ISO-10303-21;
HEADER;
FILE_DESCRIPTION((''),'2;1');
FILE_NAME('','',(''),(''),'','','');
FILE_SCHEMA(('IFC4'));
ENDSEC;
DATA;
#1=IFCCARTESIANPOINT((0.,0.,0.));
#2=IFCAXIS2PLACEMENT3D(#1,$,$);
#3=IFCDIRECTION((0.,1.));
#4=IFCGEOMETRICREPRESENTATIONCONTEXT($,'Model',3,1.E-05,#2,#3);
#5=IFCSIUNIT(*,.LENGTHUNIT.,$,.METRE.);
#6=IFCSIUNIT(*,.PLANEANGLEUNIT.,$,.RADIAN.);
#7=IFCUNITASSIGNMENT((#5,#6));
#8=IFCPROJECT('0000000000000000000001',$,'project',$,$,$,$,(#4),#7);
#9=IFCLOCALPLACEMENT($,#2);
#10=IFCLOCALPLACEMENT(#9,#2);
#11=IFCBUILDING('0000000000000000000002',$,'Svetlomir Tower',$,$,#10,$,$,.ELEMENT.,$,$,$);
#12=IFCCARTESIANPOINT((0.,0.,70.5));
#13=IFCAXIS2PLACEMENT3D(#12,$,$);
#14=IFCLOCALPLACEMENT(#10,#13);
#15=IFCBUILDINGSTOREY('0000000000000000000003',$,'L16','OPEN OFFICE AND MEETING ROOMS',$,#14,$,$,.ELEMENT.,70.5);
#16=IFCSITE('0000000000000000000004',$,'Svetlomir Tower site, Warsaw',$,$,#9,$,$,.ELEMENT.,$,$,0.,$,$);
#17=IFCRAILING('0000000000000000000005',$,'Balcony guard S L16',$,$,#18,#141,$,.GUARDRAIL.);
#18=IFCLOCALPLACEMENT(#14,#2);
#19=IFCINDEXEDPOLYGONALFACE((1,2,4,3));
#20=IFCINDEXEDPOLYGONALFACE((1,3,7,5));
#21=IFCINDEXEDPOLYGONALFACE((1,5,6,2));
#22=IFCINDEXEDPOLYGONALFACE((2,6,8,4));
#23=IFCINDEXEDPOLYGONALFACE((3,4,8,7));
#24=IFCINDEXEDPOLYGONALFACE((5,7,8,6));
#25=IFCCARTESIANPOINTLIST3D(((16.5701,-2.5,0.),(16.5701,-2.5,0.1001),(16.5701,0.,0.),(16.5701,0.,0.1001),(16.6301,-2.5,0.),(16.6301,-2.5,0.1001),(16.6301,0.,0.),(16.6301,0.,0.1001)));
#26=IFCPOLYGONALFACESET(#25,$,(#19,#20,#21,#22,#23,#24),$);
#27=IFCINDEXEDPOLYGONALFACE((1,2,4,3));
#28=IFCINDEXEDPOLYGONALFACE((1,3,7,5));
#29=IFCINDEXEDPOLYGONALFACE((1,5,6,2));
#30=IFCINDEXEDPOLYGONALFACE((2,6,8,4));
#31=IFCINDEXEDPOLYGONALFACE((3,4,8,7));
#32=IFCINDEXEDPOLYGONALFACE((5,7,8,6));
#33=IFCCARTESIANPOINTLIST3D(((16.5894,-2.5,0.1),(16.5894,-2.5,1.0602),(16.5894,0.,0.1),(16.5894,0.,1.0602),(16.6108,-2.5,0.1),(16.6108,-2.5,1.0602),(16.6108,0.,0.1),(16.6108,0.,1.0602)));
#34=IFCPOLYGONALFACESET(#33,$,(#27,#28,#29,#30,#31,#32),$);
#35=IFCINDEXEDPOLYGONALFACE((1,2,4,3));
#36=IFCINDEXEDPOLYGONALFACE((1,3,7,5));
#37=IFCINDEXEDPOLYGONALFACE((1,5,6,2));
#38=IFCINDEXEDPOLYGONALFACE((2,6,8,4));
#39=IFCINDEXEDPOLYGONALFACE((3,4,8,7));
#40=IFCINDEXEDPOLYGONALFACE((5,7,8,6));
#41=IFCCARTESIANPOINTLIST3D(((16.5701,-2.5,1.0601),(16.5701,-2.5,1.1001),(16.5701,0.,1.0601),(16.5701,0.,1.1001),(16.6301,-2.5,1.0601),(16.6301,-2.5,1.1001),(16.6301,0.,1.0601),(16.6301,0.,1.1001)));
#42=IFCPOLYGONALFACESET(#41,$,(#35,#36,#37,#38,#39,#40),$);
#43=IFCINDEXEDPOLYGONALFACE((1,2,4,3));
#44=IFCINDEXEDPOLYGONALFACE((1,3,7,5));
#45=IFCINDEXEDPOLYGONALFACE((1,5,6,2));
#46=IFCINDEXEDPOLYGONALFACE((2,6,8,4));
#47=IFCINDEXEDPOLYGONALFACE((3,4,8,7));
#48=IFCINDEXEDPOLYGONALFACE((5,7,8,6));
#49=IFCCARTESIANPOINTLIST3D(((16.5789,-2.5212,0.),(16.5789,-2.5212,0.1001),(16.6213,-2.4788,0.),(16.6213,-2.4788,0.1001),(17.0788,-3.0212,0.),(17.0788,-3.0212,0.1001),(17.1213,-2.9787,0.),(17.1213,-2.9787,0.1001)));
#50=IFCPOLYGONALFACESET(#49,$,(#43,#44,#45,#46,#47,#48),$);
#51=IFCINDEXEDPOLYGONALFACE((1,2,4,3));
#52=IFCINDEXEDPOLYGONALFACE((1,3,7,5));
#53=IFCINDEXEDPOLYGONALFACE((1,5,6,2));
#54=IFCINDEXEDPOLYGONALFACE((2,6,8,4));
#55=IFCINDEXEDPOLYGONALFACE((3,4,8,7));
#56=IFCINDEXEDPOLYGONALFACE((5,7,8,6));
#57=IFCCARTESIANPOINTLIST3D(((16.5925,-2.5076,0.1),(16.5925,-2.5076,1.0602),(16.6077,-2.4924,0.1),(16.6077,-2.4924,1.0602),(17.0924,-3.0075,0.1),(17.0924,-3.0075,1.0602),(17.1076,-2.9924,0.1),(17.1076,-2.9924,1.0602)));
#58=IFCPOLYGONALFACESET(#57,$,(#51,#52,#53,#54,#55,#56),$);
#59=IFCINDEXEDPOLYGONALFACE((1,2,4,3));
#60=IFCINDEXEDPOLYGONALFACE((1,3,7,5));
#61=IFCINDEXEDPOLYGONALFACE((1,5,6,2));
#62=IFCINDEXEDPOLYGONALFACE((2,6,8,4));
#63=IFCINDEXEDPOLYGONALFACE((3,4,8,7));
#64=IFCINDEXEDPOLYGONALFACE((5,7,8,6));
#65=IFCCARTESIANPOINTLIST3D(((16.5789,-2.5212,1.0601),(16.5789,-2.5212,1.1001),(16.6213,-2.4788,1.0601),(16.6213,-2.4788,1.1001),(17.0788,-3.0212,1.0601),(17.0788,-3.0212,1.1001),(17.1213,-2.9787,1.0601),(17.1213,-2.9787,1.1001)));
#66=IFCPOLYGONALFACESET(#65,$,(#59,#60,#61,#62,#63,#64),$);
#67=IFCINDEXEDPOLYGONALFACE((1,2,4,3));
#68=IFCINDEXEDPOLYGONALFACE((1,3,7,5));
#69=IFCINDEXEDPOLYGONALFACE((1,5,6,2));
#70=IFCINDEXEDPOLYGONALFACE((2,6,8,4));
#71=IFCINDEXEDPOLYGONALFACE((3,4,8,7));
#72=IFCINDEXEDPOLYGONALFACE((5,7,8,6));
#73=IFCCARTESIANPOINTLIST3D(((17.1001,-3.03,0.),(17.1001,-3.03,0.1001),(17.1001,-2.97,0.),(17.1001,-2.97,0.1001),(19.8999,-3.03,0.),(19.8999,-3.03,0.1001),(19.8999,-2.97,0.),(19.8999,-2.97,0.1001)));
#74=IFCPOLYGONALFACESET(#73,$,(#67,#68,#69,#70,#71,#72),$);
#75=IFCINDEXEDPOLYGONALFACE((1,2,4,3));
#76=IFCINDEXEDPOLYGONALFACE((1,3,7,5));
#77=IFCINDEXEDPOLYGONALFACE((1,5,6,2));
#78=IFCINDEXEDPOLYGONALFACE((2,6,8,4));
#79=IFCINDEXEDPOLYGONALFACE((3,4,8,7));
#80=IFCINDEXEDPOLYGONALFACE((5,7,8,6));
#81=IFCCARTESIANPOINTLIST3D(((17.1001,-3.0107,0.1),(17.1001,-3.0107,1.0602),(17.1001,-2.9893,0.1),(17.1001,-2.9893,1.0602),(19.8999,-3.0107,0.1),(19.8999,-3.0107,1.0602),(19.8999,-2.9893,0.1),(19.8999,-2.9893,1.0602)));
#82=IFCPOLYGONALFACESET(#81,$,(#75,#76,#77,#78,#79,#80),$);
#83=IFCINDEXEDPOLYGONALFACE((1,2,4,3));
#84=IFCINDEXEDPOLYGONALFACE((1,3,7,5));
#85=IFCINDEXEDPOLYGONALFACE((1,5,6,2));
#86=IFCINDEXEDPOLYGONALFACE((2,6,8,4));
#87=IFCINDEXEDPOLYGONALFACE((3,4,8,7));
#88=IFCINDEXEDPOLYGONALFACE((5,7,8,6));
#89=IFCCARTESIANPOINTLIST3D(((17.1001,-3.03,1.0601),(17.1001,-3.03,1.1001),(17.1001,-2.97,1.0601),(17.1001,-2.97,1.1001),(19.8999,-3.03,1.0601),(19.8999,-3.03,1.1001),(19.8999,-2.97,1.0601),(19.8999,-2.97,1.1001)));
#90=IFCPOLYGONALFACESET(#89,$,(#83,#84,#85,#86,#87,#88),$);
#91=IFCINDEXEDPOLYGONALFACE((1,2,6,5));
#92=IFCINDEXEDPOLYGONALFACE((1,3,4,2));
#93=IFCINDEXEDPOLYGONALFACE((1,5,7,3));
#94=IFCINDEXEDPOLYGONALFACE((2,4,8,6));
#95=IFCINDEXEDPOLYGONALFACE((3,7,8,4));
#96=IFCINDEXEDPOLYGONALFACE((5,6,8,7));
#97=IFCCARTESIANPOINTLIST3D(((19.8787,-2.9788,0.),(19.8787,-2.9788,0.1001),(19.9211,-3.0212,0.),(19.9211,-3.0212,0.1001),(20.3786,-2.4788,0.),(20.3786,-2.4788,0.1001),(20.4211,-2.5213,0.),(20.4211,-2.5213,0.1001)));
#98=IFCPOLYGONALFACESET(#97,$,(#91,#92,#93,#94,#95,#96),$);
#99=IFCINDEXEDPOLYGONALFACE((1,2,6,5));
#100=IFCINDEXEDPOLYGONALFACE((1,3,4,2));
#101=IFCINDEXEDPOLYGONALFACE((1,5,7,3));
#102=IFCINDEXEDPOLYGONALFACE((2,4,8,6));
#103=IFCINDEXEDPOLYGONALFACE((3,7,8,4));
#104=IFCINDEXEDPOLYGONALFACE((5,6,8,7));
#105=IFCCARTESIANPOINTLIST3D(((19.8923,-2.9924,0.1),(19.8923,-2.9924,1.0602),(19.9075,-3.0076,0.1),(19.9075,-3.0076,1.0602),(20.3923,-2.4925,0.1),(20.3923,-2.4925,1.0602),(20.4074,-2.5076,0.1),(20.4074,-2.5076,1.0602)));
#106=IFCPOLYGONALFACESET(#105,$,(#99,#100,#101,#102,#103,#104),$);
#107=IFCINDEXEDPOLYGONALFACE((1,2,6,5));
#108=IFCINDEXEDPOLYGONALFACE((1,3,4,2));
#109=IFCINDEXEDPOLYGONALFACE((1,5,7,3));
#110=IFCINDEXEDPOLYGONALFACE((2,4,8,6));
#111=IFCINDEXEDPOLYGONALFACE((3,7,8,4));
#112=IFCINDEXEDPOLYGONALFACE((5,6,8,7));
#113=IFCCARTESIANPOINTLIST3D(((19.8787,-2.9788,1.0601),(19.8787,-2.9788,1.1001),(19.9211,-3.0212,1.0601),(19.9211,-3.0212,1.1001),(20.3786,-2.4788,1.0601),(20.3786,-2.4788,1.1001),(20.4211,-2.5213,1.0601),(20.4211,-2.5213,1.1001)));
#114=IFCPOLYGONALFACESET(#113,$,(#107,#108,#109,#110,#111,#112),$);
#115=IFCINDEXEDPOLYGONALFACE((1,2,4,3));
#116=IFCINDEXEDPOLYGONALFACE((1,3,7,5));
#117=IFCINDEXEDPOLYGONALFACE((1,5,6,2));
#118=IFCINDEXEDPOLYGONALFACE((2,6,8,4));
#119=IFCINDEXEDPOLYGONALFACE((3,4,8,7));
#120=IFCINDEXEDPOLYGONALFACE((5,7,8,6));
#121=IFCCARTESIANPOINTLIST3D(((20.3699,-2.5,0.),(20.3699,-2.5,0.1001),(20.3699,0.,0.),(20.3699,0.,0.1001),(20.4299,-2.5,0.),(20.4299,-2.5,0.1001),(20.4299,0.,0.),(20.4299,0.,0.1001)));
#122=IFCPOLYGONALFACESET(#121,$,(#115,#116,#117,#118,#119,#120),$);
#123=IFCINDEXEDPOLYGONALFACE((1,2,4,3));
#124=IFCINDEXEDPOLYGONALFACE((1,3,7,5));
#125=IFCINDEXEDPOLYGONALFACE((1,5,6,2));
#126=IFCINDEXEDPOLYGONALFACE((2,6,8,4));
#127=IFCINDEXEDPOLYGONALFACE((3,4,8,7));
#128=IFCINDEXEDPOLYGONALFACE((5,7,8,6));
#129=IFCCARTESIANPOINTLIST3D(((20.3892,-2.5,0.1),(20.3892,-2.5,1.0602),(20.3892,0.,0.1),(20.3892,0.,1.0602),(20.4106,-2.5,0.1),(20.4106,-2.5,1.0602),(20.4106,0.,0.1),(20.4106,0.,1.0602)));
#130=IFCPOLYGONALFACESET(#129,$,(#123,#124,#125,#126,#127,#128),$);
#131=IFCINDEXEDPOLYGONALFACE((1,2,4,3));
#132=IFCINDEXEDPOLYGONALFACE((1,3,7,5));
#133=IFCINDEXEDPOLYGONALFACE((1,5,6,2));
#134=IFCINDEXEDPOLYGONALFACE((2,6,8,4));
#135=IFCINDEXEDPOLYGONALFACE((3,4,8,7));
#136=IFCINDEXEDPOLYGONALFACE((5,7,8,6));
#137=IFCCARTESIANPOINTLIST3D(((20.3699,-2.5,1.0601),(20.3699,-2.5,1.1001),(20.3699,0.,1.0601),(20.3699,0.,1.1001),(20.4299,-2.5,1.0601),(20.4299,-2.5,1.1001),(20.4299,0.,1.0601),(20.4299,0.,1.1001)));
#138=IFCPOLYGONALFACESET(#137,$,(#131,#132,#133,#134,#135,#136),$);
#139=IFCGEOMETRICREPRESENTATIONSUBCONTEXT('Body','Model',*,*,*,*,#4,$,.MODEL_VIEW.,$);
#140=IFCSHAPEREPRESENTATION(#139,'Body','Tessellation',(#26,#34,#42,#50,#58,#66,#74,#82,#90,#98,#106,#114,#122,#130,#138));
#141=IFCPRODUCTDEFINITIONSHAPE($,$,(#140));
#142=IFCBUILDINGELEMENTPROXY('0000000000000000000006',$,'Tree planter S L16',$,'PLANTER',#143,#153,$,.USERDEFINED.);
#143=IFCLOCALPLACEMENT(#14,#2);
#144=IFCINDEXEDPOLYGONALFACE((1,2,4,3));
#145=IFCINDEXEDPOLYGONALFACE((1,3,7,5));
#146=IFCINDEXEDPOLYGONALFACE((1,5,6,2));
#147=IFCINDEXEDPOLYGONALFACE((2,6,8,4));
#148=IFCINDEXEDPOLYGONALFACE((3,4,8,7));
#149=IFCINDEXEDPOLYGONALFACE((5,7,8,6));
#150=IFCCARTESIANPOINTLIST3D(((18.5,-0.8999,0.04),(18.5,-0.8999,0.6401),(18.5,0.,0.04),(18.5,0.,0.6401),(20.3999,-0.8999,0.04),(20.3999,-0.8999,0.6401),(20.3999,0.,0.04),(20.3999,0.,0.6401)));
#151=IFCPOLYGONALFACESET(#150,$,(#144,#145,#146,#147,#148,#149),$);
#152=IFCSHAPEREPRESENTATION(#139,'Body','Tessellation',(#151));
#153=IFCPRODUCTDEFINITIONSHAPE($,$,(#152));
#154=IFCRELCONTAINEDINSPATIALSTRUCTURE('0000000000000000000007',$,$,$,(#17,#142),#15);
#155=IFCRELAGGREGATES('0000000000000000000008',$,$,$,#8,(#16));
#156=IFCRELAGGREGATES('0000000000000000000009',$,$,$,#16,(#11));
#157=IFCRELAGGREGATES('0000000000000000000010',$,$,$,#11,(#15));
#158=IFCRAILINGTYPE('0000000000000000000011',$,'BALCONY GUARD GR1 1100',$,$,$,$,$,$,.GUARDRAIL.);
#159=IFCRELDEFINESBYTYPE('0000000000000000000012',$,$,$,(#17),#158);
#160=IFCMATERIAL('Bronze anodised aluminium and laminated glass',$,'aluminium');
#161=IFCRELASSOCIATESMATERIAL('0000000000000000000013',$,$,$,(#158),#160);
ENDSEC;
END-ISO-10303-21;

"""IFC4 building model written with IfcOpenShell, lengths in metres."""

from ifc_helpers import new_model, si_unit, direction, frame, origin, origin_2d, place, context, subcontext, project, spatial, rectangle, extrude, material, type_object, element, save


model = new_model("IFC4")

# Units and contexts
model_context = context("Model", 3, precision=1e-05, world=origin(), true_north=direction((0.0, 1.0)))
body_context = subcontext(model_context, "Body", "Model", "MODEL_VIEW")
ifc_project = project(units=[si_unit("LENGTHUNIT", "METRE"), si_unit("PLANEANGLEUNIT", "RADIAN")], contexts=[model_context])

# Site, building, storey
site_placement = place(None, origin())
site = spatial("IfcSite", under=ifc_project, at=site_placement, Name="Svetlomir Tower site, Warsaw", CompositionType="ELEMENT", RefElevation=0.0)
building_placement = place(site_placement, origin())
building = spatial("IfcBuilding", under=site, at=building_placement, Name="Svetlomir Tower", CompositionType="ELEMENT")
storey_placement = place(building_placement, frame((0.0, 0.0, 70.5)))
storey = spatial("IfcBuildingStorey", under=building, at=storey_placement, Name="L16", Description="OPEN OFFICE AND MEETING ROOMS", CompositionType="ELEMENT", Elevation=70.5)

# Railing
ifc_material_1 = material(Name="Bronze anodised aluminium and laminated glass", Category="aluminium")
railing_type = type_object("IfcRailingType", Name="BALCONY GUARD GR1 1100", PredefinedType="GUARDRAIL", material=ifc_material_1)
railing_placement = place(storey_placement, frame((16.6001, 0.0, 0.0)))
element("IfcRailing", 1, at=railing_placement, inside=storey, type_object=railing_type, Name="Balcony guard S L16", PredefinedType="GUARDRAIL", context=body_context, shape_type="SweptSolid", body=[
    extrude(rectangle(XDim=0.0601, YDim=0.1001, at=origin_2d()), frame((0.0, 0.0, 0.05), z_axis=(0.0, -1.0, 0.0), x_axis=(1.0, 0.0, 0.0)), (0.0, 0.0, 1.0), 2.5),
    extrude(rectangle(XDim=0.0215, YDim=0.9602, at=origin_2d()), frame((0.0, 0.0, 0.5801), z_axis=(0.0, -1.0, 0.0), x_axis=(1.0, 0.0, 0.0)), (0.0, 0.0, 1.0), 2.5),
    extrude(rectangle(XDim=0.0601, YDim=0.04, at=origin_2d()), frame((0.0, 0.0, 1.0801), z_axis=(0.0, -1.0, 0.0), x_axis=(1.0, 0.0, 0.0)), (0.0, 0.0, 1.0), 2.5),
    extrude(rectangle(XDim=0.0601, YDim=0.1001, at=origin_2d()), frame((0.0, -2.5, 0.05), z_axis=(0.707107, -0.707107, 0.0), x_axis=(0.707107, 0.707107, 0.0)), (0.0, 0.0, 1.0), 0.707),
    extrude(rectangle(XDim=0.0215, YDim=0.9602, at=origin_2d()), frame((0.0, -2.5, 0.5801), z_axis=(0.707107, -0.707107, 0.0), x_axis=(0.707107, 0.707107, 0.0)), (0.0, 0.0, 1.0), 0.707),
    extrude(rectangle(XDim=0.0601, YDim=0.04, at=origin_2d()), frame((0.0, -2.5, 1.0801), z_axis=(0.707107, -0.707107, 0.0), x_axis=(0.707107, 0.707107, 0.0)), (0.0, 0.0, 1.0), 0.707),
    extrude(rectangle(XDim=0.0601, YDim=0.1001, at=origin_2d()), frame((0.5, -3.0, 0.05), z_axis=(1.0, 0.0, 0.0), x_axis=(0.0, 1.0, 0.0)), (0.0, 0.0, 1.0), 2.7998),
    extrude(rectangle(XDim=0.0215, YDim=0.9602, at=origin_2d()), frame((0.5, -3.0, 0.5801), z_axis=(1.0, 0.0, 0.0), x_axis=(0.0, 1.0, 0.0)), (0.0, 0.0, 1.0), 2.7998),
    extrude(rectangle(XDim=0.0601, YDim=0.04, at=origin_2d()), frame((0.5, -3.0, 1.0801), z_axis=(1.0, 0.0, 0.0), x_axis=(0.0, 1.0, 0.0)), (0.0, 0.0, 1.0), 2.7998),
    extrude(rectangle(XDim=0.0601, YDim=0.1001, at=origin_2d()), frame((3.2998, -3.0, 0.05), z_axis=(0.707107, 0.707107, 0.0), x_axis=(-0.707107, 0.707107, 0.0)), (0.0, 0.0, 1.0), 0.707),
    extrude(rectangle(XDim=0.0215, YDim=0.9602, at=origin_2d()), frame((3.2998, -3.0, 0.5801), z_axis=(0.707107, 0.707107, 0.0), x_axis=(-0.707107, 0.707107, 0.0)), (0.0, 0.0, 1.0), 0.707),
    extrude(rectangle(XDim=0.0601, YDim=0.04, at=origin_2d()), frame((3.2998, -3.0, 1.0801), z_axis=(0.707107, 0.707107, 0.0), x_axis=(-0.707107, 0.707107, 0.0)), (0.0, 0.0, 1.0), 0.707),
    extrude(rectangle(XDim=0.0601, YDim=0.1001, at=origin_2d()), frame((3.7998, -2.5, 0.05), z_axis=(0.0, 1.0, 0.0), x_axis=(-1.0, 0.0, 0.0)), (0.0, 0.0, 1.0), 2.5),
    extrude(rectangle(XDim=0.0215, YDim=0.9602, at=origin_2d()), frame((3.7998, -2.5, 0.5801), z_axis=(0.0, 1.0, 0.0), x_axis=(-1.0, 0.0, 0.0)), (0.0, 0.0, 1.0), 2.5),
    extrude(rectangle(XDim=0.0601, YDim=0.04, at=origin_2d()), frame((3.7998, -2.5, 1.0801), z_axis=(0.0, 1.0, 0.0), x_axis=(-1.0, 0.0, 0.0)), (0.0, 0.0, 1.0), 2.5),
])

# Building element proxy
proxy_placement = place(storey_placement, frame((19.45, -0.45, 0.04), z_axis=(0.0, 0.0, 1.0), x_axis=(1.0, 0.0, 0.0)))
element("IfcBuildingElementProxy", 2, at=proxy_placement, inside=storey, Name="Tree planter S L16", ObjectType="PLANTER", PredefinedType="USERDEFINED", context=body_context, shape_type="SweptSolid", body=[
    extrude(rectangle(XDim=1.8999, YDim=0.8999, at=origin_2d()), origin(), (0.0, 0.0, 1.0), 0.6001),
])

save(model, "model.ifc")
